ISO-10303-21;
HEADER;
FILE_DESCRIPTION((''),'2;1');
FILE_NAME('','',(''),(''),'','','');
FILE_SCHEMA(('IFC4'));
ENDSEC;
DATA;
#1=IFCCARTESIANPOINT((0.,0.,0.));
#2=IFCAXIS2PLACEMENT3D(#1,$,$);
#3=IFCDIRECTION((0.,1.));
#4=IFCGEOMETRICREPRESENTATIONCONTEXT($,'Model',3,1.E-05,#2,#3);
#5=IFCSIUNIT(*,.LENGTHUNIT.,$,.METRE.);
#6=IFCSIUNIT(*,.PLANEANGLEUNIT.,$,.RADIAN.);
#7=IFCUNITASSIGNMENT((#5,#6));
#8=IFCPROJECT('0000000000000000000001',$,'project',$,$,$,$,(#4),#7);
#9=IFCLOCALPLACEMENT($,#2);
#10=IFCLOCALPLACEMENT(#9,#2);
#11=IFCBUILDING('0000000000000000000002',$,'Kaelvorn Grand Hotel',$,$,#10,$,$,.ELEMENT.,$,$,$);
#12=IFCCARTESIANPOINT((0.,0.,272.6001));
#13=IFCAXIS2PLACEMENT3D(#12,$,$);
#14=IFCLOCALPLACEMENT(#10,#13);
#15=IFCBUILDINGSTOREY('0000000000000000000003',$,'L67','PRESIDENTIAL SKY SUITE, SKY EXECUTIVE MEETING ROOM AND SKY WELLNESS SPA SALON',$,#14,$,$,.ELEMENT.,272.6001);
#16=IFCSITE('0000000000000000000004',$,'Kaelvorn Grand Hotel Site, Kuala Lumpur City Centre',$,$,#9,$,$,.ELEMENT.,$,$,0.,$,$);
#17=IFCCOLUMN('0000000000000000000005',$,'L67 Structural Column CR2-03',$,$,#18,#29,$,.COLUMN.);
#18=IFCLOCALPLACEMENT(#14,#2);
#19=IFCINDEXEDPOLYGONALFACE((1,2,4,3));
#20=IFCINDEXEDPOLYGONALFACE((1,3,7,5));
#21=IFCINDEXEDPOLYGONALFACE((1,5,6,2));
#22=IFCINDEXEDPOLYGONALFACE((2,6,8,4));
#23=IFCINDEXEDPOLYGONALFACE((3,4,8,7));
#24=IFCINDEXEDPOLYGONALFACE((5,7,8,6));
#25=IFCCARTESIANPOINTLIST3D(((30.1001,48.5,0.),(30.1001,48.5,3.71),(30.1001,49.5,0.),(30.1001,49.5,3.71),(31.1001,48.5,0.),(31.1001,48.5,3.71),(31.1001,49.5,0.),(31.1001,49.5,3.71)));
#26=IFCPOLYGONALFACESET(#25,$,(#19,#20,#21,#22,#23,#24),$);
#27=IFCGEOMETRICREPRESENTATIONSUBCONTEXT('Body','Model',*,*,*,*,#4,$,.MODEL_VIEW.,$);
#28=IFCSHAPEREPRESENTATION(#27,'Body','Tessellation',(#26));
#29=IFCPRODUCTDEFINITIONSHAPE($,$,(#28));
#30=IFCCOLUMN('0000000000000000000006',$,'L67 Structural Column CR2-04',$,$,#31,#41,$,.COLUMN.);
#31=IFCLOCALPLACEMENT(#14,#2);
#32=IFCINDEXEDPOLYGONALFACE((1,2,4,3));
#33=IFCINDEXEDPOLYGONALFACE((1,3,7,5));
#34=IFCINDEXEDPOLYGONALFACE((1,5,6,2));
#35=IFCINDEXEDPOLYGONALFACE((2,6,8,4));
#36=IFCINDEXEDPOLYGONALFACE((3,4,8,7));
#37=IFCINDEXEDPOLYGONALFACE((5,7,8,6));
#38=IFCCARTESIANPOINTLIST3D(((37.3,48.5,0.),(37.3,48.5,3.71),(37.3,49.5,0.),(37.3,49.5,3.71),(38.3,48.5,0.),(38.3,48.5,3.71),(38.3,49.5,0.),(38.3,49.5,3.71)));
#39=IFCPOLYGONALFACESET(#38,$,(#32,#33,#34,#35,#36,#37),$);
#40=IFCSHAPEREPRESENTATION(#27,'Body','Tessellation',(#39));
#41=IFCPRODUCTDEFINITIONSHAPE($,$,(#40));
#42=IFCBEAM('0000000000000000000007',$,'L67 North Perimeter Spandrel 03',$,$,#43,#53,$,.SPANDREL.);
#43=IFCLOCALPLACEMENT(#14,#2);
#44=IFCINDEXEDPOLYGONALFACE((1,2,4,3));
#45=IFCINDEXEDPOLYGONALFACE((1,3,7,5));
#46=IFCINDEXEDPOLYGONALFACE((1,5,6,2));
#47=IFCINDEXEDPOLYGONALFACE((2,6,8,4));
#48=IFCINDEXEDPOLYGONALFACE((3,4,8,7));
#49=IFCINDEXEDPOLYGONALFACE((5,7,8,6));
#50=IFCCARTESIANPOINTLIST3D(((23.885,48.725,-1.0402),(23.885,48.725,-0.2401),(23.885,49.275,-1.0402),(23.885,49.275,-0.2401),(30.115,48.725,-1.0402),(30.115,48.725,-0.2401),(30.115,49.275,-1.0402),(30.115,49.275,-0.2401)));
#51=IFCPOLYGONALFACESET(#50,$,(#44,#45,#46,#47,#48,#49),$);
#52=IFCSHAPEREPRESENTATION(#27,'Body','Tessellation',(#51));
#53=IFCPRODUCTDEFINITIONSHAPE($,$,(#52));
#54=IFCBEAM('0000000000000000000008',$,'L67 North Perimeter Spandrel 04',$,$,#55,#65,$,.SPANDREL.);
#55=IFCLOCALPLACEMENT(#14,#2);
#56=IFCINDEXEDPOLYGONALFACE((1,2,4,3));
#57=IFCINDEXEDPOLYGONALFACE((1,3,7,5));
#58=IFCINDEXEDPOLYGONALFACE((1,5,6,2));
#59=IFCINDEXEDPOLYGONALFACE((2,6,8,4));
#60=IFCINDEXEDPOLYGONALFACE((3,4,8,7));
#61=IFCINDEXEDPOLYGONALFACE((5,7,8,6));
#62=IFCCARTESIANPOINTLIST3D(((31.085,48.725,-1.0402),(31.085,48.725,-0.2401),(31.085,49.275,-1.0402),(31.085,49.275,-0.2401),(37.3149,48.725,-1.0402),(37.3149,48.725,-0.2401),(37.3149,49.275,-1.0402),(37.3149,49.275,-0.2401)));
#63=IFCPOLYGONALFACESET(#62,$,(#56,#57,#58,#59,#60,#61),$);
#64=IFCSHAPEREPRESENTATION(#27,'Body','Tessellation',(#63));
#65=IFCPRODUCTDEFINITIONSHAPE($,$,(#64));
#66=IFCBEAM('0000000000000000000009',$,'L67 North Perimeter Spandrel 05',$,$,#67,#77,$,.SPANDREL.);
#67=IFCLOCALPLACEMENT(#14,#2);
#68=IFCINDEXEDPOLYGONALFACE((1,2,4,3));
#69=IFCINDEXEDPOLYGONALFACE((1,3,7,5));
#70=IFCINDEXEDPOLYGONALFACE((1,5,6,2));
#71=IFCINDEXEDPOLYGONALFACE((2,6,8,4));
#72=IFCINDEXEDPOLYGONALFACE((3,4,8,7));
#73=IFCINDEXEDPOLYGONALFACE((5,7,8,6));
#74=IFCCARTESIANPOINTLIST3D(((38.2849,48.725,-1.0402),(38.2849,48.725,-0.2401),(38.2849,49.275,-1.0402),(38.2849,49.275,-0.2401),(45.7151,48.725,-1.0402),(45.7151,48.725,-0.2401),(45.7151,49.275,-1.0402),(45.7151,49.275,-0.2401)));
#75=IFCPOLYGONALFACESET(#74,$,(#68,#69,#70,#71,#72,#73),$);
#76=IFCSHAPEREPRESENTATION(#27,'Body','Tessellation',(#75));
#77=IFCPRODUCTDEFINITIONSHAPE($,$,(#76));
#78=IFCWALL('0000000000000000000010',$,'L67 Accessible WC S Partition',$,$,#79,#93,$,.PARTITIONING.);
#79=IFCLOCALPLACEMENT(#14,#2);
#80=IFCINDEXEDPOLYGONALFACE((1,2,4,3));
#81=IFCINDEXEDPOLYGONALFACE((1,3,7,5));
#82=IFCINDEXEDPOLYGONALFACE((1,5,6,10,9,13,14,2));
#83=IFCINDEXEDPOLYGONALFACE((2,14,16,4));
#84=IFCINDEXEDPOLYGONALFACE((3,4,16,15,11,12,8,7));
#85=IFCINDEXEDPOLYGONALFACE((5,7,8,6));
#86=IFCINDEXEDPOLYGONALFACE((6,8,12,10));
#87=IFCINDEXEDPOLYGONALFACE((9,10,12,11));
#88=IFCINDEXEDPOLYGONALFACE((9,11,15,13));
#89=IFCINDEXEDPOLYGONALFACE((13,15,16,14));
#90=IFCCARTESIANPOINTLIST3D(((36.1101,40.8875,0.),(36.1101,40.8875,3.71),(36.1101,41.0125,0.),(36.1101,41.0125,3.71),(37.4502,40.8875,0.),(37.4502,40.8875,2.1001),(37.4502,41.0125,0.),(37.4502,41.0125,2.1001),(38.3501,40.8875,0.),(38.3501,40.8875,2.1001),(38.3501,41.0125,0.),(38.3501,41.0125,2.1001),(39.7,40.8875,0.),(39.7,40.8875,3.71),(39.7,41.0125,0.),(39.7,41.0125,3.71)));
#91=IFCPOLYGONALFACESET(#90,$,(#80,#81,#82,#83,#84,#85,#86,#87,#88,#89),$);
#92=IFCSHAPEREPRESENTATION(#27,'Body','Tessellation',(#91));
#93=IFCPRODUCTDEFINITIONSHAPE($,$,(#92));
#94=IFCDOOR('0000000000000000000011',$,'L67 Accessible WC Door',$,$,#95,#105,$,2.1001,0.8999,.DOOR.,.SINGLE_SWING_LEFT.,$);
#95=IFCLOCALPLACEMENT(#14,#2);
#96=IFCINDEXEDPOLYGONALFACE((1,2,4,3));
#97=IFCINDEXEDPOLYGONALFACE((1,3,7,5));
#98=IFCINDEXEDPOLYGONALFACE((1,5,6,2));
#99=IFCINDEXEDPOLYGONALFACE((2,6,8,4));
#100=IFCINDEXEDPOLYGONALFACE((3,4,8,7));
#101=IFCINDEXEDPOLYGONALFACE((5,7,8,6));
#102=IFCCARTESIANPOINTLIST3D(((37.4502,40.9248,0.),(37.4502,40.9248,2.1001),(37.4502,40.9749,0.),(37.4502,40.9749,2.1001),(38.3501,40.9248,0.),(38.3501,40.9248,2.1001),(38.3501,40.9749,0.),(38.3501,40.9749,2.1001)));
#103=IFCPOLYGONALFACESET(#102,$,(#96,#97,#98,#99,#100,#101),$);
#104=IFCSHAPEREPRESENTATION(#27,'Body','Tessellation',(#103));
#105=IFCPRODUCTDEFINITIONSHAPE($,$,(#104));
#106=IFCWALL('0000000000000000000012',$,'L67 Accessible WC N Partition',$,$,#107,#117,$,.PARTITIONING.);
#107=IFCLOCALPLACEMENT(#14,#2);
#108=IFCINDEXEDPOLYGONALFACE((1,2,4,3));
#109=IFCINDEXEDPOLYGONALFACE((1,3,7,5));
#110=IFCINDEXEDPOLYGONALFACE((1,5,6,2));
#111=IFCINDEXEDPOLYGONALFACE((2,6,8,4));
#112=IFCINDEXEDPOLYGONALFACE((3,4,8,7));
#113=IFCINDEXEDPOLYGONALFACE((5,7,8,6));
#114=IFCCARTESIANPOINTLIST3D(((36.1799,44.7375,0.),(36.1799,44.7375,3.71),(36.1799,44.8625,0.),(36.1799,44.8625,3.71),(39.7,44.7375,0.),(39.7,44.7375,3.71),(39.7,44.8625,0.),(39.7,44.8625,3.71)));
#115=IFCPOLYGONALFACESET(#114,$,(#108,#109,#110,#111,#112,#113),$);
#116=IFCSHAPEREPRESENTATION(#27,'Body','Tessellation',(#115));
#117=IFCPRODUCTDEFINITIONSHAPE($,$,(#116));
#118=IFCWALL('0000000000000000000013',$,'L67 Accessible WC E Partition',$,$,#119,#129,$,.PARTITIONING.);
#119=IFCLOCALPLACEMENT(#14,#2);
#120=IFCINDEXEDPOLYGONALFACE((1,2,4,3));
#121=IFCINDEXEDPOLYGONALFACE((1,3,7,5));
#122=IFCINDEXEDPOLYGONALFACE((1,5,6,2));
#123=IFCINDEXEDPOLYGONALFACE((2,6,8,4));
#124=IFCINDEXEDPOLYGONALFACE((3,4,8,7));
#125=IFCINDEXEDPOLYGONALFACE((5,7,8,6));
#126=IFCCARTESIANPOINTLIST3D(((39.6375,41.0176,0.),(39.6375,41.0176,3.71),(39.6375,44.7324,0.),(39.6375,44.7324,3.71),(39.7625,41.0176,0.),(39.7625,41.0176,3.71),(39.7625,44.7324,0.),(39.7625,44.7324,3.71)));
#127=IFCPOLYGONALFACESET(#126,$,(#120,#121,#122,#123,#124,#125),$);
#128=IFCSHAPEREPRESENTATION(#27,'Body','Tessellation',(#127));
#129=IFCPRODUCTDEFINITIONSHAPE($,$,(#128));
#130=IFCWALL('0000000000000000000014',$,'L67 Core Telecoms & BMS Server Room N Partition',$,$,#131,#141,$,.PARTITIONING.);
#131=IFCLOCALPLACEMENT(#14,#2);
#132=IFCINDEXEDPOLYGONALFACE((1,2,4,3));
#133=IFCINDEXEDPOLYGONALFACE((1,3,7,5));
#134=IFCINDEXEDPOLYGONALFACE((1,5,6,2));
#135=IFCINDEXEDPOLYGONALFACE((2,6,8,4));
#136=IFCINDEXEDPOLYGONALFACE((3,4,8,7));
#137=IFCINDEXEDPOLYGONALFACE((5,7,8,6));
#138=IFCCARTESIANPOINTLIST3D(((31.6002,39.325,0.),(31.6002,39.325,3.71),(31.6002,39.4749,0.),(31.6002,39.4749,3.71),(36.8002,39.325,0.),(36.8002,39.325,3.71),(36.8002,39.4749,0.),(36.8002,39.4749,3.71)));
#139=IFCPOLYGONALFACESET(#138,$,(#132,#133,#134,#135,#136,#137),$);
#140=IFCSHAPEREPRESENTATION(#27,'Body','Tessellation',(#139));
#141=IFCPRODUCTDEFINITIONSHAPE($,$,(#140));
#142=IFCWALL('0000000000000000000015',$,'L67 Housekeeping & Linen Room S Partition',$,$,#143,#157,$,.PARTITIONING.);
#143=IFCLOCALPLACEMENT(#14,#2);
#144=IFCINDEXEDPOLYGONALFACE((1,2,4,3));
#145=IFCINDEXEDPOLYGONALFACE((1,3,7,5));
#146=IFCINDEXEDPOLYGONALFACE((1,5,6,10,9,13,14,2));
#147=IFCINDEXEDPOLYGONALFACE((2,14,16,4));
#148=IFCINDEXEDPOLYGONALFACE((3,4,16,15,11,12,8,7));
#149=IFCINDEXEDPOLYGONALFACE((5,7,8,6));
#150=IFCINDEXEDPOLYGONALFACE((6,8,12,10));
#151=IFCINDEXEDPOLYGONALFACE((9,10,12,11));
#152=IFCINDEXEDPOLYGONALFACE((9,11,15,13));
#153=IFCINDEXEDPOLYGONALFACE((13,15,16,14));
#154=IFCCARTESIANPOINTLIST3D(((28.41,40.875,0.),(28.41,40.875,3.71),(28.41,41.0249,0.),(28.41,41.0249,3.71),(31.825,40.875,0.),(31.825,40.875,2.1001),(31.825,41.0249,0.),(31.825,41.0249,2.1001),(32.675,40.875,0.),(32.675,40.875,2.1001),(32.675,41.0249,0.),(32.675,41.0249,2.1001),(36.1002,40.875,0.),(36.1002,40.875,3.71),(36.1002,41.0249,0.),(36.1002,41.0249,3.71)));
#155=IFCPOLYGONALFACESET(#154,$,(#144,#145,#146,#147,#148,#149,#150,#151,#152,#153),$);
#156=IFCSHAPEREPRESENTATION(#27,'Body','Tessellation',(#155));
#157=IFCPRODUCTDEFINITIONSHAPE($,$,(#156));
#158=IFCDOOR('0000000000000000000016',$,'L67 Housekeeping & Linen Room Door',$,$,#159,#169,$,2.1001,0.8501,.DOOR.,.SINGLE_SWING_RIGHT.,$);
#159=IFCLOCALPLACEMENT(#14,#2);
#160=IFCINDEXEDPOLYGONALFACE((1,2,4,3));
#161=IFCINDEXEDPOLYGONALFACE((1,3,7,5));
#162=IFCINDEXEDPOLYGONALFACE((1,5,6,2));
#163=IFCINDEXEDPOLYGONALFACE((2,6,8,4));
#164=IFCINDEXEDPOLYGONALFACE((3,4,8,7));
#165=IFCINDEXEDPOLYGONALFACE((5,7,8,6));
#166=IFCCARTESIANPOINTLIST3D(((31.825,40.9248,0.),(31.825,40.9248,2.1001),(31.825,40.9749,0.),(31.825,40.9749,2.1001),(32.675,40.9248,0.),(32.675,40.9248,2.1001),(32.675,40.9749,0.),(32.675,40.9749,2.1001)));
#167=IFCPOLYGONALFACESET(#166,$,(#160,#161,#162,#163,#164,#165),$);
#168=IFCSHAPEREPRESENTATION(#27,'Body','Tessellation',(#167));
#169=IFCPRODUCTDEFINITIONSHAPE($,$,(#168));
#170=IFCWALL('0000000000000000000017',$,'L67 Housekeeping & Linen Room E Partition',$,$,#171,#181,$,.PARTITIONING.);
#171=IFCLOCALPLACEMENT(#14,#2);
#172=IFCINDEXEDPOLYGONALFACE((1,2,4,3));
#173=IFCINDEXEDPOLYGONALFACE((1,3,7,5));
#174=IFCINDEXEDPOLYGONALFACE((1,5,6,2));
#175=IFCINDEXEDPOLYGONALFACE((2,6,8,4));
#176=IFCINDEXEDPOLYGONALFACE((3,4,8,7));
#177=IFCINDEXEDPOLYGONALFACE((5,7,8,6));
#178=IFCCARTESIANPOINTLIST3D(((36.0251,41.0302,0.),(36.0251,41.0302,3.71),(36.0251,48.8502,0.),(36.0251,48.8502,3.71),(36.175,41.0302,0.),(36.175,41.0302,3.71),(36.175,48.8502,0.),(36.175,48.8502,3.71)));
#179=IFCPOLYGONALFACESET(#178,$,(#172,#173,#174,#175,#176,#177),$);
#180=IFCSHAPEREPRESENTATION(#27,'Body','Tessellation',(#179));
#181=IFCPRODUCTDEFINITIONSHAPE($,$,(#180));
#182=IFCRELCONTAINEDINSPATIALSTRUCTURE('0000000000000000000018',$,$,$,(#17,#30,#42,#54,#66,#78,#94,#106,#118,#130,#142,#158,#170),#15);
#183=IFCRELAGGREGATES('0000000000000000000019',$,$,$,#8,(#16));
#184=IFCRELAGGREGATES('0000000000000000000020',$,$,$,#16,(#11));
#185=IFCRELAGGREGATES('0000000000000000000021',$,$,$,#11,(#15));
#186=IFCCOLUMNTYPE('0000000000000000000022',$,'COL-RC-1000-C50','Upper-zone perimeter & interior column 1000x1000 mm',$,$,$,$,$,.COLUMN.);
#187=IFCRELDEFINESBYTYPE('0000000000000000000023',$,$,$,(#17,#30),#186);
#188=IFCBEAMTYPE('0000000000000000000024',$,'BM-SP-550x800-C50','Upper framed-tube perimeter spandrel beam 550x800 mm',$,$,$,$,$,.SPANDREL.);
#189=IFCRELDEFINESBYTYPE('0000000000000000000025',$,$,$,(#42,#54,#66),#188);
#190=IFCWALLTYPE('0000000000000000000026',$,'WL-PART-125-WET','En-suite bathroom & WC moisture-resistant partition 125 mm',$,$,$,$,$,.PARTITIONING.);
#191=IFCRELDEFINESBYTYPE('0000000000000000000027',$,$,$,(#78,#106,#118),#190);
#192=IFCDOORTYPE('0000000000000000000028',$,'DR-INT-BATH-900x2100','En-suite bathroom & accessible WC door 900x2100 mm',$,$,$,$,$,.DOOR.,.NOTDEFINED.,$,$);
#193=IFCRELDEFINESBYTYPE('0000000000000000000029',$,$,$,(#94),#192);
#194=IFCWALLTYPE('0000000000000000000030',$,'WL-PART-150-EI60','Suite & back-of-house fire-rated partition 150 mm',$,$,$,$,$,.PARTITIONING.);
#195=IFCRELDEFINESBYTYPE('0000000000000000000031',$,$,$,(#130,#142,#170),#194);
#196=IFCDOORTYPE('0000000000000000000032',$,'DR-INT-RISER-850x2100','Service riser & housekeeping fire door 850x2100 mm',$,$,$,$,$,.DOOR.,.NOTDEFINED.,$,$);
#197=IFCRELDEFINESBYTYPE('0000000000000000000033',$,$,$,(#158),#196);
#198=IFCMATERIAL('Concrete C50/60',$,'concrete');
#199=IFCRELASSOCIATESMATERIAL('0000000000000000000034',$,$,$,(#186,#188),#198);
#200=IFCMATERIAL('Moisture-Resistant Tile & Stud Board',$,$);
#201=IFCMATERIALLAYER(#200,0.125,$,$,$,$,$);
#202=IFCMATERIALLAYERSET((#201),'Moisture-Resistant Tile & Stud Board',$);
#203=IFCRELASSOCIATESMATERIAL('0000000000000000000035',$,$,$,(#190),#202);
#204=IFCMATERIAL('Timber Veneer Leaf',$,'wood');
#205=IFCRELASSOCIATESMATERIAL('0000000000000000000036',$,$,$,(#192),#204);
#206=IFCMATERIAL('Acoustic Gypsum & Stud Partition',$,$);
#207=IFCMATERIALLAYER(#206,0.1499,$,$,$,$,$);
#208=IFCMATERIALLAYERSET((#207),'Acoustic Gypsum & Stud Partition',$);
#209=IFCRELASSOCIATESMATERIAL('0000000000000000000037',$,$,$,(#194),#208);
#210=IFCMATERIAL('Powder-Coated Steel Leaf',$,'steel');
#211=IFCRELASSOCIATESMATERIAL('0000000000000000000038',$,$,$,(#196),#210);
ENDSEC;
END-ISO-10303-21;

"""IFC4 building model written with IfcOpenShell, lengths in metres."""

from ifc_helpers import new_model, si_unit, direction, frame, frame_2d, origin, origin_2d, place, context, subcontext, project, spatial, rectangle, extrude, material, layer, layer_set, material_profile, profile_set, type_object, element, fill, save


model = new_model("IFC4")

# Units and contexts
model_context = context("Model", 3, precision=1e-05, world=origin(), true_north=direction((0.0, 1.0)))
body_context = subcontext(model_context, "Body", "Model", "MODEL_VIEW")
ifc_project = project(units=[si_unit("LENGTHUNIT", "METRE"), si_unit("PLANEANGLEUNIT", "RADIAN")], contexts=[model_context])

# Site, building, storey
site_placement = place(None, origin())
site = spatial("IfcSite", under=ifc_project, at=site_placement, Name="Kaelvorn Grand Hotel Site, Kuala Lumpur City Centre", CompositionType="ELEMENT", RefElevation=0.0)
building_placement = place(site_placement, origin())
building = spatial("IfcBuilding", under=site, at=building_placement, Name="Kaelvorn Grand Hotel", CompositionType="ELEMENT")
storey_placement = place(building_placement, frame((0.0, 0.0, 272.6001)))
storey = spatial("IfcBuildingStorey", under=building, at=storey_placement, Name="L67", Description="PRESIDENTIAL SKY SUITE, SKY EXECUTIVE MEETING ROOM AND SKY WELLNESS SPA SALON", CompositionType="ELEMENT", Elevation=272.6001)

# Columns
ifc_material_1 = material(Name="Concrete C50/60", Category="concrete")
ifc_material_profile_1 = material_profile(ifc_material_1, rectangle(XDim=1.0, YDim=1.0, at=origin_2d()), Name="RC COL 1000x1000")
ifc_profile_set_1 = profile_set([ifc_material_profile_1], Name="Concrete C50/60")
column_type = type_object("IfcColumnType", Name="COL-RC-1000-C50", Description="Upper-zone perimeter & interior column 1000x1000 mm", PredefinedType="COLUMN", material=ifc_profile_set_1)
for number, where, z_axis, x_axis, name in (
    (1, (30.6001, 49.0, 0.0), (0.0, 0.0, 1.0), (1.0, 0.0, 0.0), "L67 Structural Column CR2-03"),
    (2, (37.8, 49.0, 0.0), (0.0, 0.0, 1.0), (1.0, 0.0, 0.0), "L67 Structural Column CR2-04"),
):
    element("IfcColumn", number, at=place(storey_placement, frame(where, z_axis=z_axis, x_axis=x_axis)), inside=storey, type_object=column_type, Name=name, PredefinedType="COLUMN", context=body_context, shape_type="SweptSolid", body=[
        extrude(rectangle(XDim=1.0, YDim=1.0, at=origin_2d()), origin(), (0.0, 0.0, 1.0), 3.71),
    ])

# Beams
ifc_material_profile_2 = material_profile(ifc_material_1, rectangle(XDim=0.55, YDim=0.8, at=origin_2d()), Name="RC SPANDREL 550x800")
ifc_profile_set_2 = profile_set([ifc_material_profile_2], Name="Concrete C50/60")
beam_type = type_object("IfcBeamType", Name="BM-SP-550x800-C50", Description="Upper framed-tube perimeter spandrel beam 550x800 mm", PredefinedType="SPANDREL", material=ifc_profile_set_2)
for number, where, z_axis, x_axis, name in (
    (3, (23.885, 49.0, -0.6401), (1.0, 0.0, 0.0), (0.0, 1.0, 0.0), "L67 North Perimeter Spandrel 03"),
    (4, (31.085, 49.0, -0.6401), (1.0, 0.0, 0.0), (0.0, 1.0, 0.0), "L67 North Perimeter Spandrel 04"),
):
    element("IfcBeam", number, at=place(storey_placement, frame(where, z_axis=z_axis, x_axis=x_axis)), inside=storey, type_object=beam_type, Name=name, PredefinedType="SPANDREL", context=body_context, shape_type="SweptSolid", body=[
        extrude(rectangle(XDim=0.55, YDim=0.8, at=origin_2d()), origin(), (0.0, 0.0, 1.0), 6.23),
    ])
beam_placement = place(storey_placement, frame((38.2849, 49.0, -0.6401), z_axis=(1.0, 0.0, 0.0), x_axis=(0.0, 1.0, 0.0)))
element("IfcBeam", 5, at=beam_placement, inside=storey, type_object=beam_type, Name="L67 North Perimeter Spandrel 05", PredefinedType="SPANDREL", context=body_context, shape_type="SweptSolid", body=[
    extrude(rectangle(XDim=0.55, YDim=0.8, at=origin_2d()), origin(), (0.0, 0.0, 1.0), 7.4302),
])

# Wall, opening, door
ifc_material_2 = material(Name="Moisture-Resistant Tile & Stud Board")
ifc_layer_1 = layer(ifc_material_2, 0.125)
ifc_layer_set_1 = layer_set([ifc_layer_1], Name="Moisture-Resistant Tile & Stud Board")
wall_type_1 = type_object("IfcWallType", Name="WL-PART-125-WET", Description="En-suite bathroom & WC moisture-resistant partition 125 mm", PredefinedType="PARTITIONING", material=ifc_layer_set_1)
wall_1_placement = place(storey_placement, frame((36.1101, 40.95, 0.0), z_axis=(0.0, 0.0, 1.0), x_axis=(1.0, 0.0, 0.0)))
wall_1 = element("IfcWall", 6, at=wall_1_placement, inside=storey, type_object=wall_type_1, Name="L67 Accessible WC S Partition", PredefinedType="PARTITIONING", context=body_context, shape_type="SweptSolid", body=[
    extrude(rectangle(XDim=3.5898, YDim=0.125, at=frame_2d((1.7949, 0.0))), origin(), (0.0, 0.0, 1.0), 3.71),
])
opening_1_placement = place(wall_1_placement, frame((1.3401, 0.0, 0.0)))
opening_1 = element("IfcOpeningElement", 7, at=opening_1_placement, cuts=wall_1, PredefinedType="OPENING", context=body_context, shape_type="SweptSolid", body=[
    extrude(rectangle(XDim=0.8999, YDim=2.1001, at=frame_2d((0.45, 1.05))), frame((0.0, 0.0725, 0.0), z_axis=(0.0, -1.0, 0.0), x_axis=(1.0, 0.0, 0.0)), (0.0, 0.0, 1.0), 0.145),
])
ifc_material_3 = material(Name="Timber Veneer Leaf", Category="wood")
door_type_1 = type_object("IfcDoorType", Name="DR-INT-BATH-900x2100", Description="En-suite bathroom & accessible WC door 900x2100 mm", OperationType="NOTDEFINED", PredefinedType="DOOR", material=ifc_material_3)
door_1_placement = place(opening_1_placement, origin())
door_1 = element("IfcDoor", 8, at=door_1_placement, inside=storey, type_object=door_type_1, Name="L67 Accessible WC Door", OperationType="SINGLE_SWING_LEFT", OverallHeight=2.1001, OverallWidth=0.8999, PredefinedType="DOOR", context=body_context, shape_type="SweptSolid", body=[
    extrude(rectangle(XDim=0.8999, YDim=2.1001, at=frame_2d((0.45, 1.05))), frame((0.0, 0.0249, 0.0), z_axis=(0.0, -1.0, 0.0), x_axis=(1.0, 0.0, 0.0)), (0.0, 0.0, 1.0), 0.05),
])
fill(opening_1, door_1)

# Walls
wall_2_placement = place(storey_placement, frame((36.1799, 44.8, 0.0), z_axis=(0.0, 0.0, 1.0), x_axis=(1.0, 0.0, 0.0)))
element("IfcWall", 9, at=wall_2_placement, inside=storey, type_object=wall_type_1, Name="L67 Accessible WC N Partition", PredefinedType="PARTITIONING", context=body_context, shape_type="SweptSolid", body=[
    extrude(rectangle(XDim=3.52, YDim=0.125, at=frame_2d((1.76, 0.0))), origin(), (0.0, 0.0, 1.0), 3.71),
])
wall_3_placement = place(storey_placement, frame((39.7, 41.0176, 0.0), z_axis=(0.0, 0.0, 1.0), x_axis=(0.0, 1.0, 0.0)))
element("IfcWall", 10, at=wall_3_placement, inside=storey, type_object=wall_type_1, Name="L67 Accessible WC E Partition", PredefinedType="PARTITIONING", context=body_context, shape_type="SweptSolid", body=[
    extrude(rectangle(XDim=3.7148, YDim=0.125, at=frame_2d((1.8574, 0.0))), origin(), (0.0, 0.0, 1.0), 3.71),
])
ifc_material_4 = material(Name="Acoustic Gypsum & Stud Partition")
ifc_layer_2 = layer(ifc_material_4, 0.1499)
ifc_layer_set_2 = layer_set([ifc_layer_2], Name="Acoustic Gypsum & Stud Partition")
wall_type_2 = type_object("IfcWallType", Name="WL-PART-150-EI60", Description="Suite & back-of-house fire-rated partition 150 mm", PredefinedType="PARTITIONING", material=ifc_layer_set_2)
wall_4_placement = place(storey_placement, frame((31.6001, 39.3999, 0.0), z_axis=(0.0, 0.0, 1.0), x_axis=(1.0, 0.0, 0.0)))
element("IfcWall", 11, at=wall_4_placement, inside=storey, type_object=wall_type_2, Name="L67 Core Telecoms & BMS Server Room N Partition", PredefinedType="PARTITIONING", context=body_context, shape_type="SweptSolid", body=[
    extrude(rectangle(XDim=5.2, YDim=0.1499, at=frame_2d((2.6001, 0.0))), origin(), (0.0, 0.0, 1.0), 3.71),
])

# Wall, opening, door
wall_5_placement = place(storey_placement, frame((28.4099, 40.95, 0.0), z_axis=(0.0, 0.0, 1.0), x_axis=(1.0, 0.0, 0.0)))
wall_5 = element("IfcWall", 12, at=wall_5_placement, inside=storey, type_object=wall_type_2, Name="L67 Housekeeping & Linen Room S Partition", PredefinedType="PARTITIONING", context=body_context, shape_type="SweptSolid", body=[
    extrude(rectangle(XDim=7.6902, YDim=0.1499, at=frame_2d((3.8452, 0.0))), origin(), (0.0, 0.0, 1.0), 3.71),
])
opening_2_placement = place(wall_5_placement, frame((3.415, 0.0, 0.0)))
opening_2 = element("IfcOpeningElement", 13, at=opening_2_placement, cuts=wall_5, PredefinedType="OPENING", context=body_context, shape_type="SweptSolid", body=[
    extrude(rectangle(XDim=0.8501, YDim=2.1001, at=frame_2d((0.425, 1.05))), frame((0.0, 0.085, 0.0), z_axis=(0.0, -1.0, 0.0), x_axis=(1.0, 0.0, 0.0)), (0.0, 0.0, 1.0), 0.1699),
])
ifc_material_5 = material(Name="Powder-Coated Steel Leaf", Category="steel")
door_type_2 = type_object("IfcDoorType", Name="DR-INT-RISER-850x2100", Description="Service riser & housekeeping fire door 850x2100 mm", OperationType="NOTDEFINED", PredefinedType="DOOR", material=ifc_material_5)
door_2_placement = place(opening_2_placement, origin())
door_2 = element("IfcDoor", 14, at=door_2_placement, inside=storey, type_object=door_type_2, Name="L67 Housekeeping & Linen Room Door", OperationType="SINGLE_SWING_RIGHT", OverallHeight=2.1001, OverallWidth=0.8501, PredefinedType="DOOR", context=body_context, shape_type="SweptSolid", body=[
    extrude(rectangle(XDim=0.8501, YDim=2.1001, at=frame_2d((0.425, 1.05))), frame((0.0, 0.0249, 0.0), z_axis=(0.0, -1.0, 0.0), x_axis=(1.0, 0.0, 0.0)), (0.0, 0.0, 1.0), 0.05),
])
fill(opening_2, door_2)

# Wall
wall_6_placement = place(storey_placement, frame((36.1001, 41.03, 0.0), z_axis=(0.0, 0.0, 1.0), x_axis=(0.0, 1.0, 0.0)))
element("IfcWall", 15, at=wall_6_placement, inside=storey, type_object=wall_type_2, Name="L67 Housekeeping & Linen Room E Partition", PredefinedType="PARTITIONING", context=body_context, shape_type="SweptSolid", body=[
    extrude(rectangle(XDim=7.8201, YDim=0.1499, at=frame_2d((3.9102, 0.0))), origin(), (0.0, 0.0, 1.0), 3.71),
])

save(model, "model.ifc")
